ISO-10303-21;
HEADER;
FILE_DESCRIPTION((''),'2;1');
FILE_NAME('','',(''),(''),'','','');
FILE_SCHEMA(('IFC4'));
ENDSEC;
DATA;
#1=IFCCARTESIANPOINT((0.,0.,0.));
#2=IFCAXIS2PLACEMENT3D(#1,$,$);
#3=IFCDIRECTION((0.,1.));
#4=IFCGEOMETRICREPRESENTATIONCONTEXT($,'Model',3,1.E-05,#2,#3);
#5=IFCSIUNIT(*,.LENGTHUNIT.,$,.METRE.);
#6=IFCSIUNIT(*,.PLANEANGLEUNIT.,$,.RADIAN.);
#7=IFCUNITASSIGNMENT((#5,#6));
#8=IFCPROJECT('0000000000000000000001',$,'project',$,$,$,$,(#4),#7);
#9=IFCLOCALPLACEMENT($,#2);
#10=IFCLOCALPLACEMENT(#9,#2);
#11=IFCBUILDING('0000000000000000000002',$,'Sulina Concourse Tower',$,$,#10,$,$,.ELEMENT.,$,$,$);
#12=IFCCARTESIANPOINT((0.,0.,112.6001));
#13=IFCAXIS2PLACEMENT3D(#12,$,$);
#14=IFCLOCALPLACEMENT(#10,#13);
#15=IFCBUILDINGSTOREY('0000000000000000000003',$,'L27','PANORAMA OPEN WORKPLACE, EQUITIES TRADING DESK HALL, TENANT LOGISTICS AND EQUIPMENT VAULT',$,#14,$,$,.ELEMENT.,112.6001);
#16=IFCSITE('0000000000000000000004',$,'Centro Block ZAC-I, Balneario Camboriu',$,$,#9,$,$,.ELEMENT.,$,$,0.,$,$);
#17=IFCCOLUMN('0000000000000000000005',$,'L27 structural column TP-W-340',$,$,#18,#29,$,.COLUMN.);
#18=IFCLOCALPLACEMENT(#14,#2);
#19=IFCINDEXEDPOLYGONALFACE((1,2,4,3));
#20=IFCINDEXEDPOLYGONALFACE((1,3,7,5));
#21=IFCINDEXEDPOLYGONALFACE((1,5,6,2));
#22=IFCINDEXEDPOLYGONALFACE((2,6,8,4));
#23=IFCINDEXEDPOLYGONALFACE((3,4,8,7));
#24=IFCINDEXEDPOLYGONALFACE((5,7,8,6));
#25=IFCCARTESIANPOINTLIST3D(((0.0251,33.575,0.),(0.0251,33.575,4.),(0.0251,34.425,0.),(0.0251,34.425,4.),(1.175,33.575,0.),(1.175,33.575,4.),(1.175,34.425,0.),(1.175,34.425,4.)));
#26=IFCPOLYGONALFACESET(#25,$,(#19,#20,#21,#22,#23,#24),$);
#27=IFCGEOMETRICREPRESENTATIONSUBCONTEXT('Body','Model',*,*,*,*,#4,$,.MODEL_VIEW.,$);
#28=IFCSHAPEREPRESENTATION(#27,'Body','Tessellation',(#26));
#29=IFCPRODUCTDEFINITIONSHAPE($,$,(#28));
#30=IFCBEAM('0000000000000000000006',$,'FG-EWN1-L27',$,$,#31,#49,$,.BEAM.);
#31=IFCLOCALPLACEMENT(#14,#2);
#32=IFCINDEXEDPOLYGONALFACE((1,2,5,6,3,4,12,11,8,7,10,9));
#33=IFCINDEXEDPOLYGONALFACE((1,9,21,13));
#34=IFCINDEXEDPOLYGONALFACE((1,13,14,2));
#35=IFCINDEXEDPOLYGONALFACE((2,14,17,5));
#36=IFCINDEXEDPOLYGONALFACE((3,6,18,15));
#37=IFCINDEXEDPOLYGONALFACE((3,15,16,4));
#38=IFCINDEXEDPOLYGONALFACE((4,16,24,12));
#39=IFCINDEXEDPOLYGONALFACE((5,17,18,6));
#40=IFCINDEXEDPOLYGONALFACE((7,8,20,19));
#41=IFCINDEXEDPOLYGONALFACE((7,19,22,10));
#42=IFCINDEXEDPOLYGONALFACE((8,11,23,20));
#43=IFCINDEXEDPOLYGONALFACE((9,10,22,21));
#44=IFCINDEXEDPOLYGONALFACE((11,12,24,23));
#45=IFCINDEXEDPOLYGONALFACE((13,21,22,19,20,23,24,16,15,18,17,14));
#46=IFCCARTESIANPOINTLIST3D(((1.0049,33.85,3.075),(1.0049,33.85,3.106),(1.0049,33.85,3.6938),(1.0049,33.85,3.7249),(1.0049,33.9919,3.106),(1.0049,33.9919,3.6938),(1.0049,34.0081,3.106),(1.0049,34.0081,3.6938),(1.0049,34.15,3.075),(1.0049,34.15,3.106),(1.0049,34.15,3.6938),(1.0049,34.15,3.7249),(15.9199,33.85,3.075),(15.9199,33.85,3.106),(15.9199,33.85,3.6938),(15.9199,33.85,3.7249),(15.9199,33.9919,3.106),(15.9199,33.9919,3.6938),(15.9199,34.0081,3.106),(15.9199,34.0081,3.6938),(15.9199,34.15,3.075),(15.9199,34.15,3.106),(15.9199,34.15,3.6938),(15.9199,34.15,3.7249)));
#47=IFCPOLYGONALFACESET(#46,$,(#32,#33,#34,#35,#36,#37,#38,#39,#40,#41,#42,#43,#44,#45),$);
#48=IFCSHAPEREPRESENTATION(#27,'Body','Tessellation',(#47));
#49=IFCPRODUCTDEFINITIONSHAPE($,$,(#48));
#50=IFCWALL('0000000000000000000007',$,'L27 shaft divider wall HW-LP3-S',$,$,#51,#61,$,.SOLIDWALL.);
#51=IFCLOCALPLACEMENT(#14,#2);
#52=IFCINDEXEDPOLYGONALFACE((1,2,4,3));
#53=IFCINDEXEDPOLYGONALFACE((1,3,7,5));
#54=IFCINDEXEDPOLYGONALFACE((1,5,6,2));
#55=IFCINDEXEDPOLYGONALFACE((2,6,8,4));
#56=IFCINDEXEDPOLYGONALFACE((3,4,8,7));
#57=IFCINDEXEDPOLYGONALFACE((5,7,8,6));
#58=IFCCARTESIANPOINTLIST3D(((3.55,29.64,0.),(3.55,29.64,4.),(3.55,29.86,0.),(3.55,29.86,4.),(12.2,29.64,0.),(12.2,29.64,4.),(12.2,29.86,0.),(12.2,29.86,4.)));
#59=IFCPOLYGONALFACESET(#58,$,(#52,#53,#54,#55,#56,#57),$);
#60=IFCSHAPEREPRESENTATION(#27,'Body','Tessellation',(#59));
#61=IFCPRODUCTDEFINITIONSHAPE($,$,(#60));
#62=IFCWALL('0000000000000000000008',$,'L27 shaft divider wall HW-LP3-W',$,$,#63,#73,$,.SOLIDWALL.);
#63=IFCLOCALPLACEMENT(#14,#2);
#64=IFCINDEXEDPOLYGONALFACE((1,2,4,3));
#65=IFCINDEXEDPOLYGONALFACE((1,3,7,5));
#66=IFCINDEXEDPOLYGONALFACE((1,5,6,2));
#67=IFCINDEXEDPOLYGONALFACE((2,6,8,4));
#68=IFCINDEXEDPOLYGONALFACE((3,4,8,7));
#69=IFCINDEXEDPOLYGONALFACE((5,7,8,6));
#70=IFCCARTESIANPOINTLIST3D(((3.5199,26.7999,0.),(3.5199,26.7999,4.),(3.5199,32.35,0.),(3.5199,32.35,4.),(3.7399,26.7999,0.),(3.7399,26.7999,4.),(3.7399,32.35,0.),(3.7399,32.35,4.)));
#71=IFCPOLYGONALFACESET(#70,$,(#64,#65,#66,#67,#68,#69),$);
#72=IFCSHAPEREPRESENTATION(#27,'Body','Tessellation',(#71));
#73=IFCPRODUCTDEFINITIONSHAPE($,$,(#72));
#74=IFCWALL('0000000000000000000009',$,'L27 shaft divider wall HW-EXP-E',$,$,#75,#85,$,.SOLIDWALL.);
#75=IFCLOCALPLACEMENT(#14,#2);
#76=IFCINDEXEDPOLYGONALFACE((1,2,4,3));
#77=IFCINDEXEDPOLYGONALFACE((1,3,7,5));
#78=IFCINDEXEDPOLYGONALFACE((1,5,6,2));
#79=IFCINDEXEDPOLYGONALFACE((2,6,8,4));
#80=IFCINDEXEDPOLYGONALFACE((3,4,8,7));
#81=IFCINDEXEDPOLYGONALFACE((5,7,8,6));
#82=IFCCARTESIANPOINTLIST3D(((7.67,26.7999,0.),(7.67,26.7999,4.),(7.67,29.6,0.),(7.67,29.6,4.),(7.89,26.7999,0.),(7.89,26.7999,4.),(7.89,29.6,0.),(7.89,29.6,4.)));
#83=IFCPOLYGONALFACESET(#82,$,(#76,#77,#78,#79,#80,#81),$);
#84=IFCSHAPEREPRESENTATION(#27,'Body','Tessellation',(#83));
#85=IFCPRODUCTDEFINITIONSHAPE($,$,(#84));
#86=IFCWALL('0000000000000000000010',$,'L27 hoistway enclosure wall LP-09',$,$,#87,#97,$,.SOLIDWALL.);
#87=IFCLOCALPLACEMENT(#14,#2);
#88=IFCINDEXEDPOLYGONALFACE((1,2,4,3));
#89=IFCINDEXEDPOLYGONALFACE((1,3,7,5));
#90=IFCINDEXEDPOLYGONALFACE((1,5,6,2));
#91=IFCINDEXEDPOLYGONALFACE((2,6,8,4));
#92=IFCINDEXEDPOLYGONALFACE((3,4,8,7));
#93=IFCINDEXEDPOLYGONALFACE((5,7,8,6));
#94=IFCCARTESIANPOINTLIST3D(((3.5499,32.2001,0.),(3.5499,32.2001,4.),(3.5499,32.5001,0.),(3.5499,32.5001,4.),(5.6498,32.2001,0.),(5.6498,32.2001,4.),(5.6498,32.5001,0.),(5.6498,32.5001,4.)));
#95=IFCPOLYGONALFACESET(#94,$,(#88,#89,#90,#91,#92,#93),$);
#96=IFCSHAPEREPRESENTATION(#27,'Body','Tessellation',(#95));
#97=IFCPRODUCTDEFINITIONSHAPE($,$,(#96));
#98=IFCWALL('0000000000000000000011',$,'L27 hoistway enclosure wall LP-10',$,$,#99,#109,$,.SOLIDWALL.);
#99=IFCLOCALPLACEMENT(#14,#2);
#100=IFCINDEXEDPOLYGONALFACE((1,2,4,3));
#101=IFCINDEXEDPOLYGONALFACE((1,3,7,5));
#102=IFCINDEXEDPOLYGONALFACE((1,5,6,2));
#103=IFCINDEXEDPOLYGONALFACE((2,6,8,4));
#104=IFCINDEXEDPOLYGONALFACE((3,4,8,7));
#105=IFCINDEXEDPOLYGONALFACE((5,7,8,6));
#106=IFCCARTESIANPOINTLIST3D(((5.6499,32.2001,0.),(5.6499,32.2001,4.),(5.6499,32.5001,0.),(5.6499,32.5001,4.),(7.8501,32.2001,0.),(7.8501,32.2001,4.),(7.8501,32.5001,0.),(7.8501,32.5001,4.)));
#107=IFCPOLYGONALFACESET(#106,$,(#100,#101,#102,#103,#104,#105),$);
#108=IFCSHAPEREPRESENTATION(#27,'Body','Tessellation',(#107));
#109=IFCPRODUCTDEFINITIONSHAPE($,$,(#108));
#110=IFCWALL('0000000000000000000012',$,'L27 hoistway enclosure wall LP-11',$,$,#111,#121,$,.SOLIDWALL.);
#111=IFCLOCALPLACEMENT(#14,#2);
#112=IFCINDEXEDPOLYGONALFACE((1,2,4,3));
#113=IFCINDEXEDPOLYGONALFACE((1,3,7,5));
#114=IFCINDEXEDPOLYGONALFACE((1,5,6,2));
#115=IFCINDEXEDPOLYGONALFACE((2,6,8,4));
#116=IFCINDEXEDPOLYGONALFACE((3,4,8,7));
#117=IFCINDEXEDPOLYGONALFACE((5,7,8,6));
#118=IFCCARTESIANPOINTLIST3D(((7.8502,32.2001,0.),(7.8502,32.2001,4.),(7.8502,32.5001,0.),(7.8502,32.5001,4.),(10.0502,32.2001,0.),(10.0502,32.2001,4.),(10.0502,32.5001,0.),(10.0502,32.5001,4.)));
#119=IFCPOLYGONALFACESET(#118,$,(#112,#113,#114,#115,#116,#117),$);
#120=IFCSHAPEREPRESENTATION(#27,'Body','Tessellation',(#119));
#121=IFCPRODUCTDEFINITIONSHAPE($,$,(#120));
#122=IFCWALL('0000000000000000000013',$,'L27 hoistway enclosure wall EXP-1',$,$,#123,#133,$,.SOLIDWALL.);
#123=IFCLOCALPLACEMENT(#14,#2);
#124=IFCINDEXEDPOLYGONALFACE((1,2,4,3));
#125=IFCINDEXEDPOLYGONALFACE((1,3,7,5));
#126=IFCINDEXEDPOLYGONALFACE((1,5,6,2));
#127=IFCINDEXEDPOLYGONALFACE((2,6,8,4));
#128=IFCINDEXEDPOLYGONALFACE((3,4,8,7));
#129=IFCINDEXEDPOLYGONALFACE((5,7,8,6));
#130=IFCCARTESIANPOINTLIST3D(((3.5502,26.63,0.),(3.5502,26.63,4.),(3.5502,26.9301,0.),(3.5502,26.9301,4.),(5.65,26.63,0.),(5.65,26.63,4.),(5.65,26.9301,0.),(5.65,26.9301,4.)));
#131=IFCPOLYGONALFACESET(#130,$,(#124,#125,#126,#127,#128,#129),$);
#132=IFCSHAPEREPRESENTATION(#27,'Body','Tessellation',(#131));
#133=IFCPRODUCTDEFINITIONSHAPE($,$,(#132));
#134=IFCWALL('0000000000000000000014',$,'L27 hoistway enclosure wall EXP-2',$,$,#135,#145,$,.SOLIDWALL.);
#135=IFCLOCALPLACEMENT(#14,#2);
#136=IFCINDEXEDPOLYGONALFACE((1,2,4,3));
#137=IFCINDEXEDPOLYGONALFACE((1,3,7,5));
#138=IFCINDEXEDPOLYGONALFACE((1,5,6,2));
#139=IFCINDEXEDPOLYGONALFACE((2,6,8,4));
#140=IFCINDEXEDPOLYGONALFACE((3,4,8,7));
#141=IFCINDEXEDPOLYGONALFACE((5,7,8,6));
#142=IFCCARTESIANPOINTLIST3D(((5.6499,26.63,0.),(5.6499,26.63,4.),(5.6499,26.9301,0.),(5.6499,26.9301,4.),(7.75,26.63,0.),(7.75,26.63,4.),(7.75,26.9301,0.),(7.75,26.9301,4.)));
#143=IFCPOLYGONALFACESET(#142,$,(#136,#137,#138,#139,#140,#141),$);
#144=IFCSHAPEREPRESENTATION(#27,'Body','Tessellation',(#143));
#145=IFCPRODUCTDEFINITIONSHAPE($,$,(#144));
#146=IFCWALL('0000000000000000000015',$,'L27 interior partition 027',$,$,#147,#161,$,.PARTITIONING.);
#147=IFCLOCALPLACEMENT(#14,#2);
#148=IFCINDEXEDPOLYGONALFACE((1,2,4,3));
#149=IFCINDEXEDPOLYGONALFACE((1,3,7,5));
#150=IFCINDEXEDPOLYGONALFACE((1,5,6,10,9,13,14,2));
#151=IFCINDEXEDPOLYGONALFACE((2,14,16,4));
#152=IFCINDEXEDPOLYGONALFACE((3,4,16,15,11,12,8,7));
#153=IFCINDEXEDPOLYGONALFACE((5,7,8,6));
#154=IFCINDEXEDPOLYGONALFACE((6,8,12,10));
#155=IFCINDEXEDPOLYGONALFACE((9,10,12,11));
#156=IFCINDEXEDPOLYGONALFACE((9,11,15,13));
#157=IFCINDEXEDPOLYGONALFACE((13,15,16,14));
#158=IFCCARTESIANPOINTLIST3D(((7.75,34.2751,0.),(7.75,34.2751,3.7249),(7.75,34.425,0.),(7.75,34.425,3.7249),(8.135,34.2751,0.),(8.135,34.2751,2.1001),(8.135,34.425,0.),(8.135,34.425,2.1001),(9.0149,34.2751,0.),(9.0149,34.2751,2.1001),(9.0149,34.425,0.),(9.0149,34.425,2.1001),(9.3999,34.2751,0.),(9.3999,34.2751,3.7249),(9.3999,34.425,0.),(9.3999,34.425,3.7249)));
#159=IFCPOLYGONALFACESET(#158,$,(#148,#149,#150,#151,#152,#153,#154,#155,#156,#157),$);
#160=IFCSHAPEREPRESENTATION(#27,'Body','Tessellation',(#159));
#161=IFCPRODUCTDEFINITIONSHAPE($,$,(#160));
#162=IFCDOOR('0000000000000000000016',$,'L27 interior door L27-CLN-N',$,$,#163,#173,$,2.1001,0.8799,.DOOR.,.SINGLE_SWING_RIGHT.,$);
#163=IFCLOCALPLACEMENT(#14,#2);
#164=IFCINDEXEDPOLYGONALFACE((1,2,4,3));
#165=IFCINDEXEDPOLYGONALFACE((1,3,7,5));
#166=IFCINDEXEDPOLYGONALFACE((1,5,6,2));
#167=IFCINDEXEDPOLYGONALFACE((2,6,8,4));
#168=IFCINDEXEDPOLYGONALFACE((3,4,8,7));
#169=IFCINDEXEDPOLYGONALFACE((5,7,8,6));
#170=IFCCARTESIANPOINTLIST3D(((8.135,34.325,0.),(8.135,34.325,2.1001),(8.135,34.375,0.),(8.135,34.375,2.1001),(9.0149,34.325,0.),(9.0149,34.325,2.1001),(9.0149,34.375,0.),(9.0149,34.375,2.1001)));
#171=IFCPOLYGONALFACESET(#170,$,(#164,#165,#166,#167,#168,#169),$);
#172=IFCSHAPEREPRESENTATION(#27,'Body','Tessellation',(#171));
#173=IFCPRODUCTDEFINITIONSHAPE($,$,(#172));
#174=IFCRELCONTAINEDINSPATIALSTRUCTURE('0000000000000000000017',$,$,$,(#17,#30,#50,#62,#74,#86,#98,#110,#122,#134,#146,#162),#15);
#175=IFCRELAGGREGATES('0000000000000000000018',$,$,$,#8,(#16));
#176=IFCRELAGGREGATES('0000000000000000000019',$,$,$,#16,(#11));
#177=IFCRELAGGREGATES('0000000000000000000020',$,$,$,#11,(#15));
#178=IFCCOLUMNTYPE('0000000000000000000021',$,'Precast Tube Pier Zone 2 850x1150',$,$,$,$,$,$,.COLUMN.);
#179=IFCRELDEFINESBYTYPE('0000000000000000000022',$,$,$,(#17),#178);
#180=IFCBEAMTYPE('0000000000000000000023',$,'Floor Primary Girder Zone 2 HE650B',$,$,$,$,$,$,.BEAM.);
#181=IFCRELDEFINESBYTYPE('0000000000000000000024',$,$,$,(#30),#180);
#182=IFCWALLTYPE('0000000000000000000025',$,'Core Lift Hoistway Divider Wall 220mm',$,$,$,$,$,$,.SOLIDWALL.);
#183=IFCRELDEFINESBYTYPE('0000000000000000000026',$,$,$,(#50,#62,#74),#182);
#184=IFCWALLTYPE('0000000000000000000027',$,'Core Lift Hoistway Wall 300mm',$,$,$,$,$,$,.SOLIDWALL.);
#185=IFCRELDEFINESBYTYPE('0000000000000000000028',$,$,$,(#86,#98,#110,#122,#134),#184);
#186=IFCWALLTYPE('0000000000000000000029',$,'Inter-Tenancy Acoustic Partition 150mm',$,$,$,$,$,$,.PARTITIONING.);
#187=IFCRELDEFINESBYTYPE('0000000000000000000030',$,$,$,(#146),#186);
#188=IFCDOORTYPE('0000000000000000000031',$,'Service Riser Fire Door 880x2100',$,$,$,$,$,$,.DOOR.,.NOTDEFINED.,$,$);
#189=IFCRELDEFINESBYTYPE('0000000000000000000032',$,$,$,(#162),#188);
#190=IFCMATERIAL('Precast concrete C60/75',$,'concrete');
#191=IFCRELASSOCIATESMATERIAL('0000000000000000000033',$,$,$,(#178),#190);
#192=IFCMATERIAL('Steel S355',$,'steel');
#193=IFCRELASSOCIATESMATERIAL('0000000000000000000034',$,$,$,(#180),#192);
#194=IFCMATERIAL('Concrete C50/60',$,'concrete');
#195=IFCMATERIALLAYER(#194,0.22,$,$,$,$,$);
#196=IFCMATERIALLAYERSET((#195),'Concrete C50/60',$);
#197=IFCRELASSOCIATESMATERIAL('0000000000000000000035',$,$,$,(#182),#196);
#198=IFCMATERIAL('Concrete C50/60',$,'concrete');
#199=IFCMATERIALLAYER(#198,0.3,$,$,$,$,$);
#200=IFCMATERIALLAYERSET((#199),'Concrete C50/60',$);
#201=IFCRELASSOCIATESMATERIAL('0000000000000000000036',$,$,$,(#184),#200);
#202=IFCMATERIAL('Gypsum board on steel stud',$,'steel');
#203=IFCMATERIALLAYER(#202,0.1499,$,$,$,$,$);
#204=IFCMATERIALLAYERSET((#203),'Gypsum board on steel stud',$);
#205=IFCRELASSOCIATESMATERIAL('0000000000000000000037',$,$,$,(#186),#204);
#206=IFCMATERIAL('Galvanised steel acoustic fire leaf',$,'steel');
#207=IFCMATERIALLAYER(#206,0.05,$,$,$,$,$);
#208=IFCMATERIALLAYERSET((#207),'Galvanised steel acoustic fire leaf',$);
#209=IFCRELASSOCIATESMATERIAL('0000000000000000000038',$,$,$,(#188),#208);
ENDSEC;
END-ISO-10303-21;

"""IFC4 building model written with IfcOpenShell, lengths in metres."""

from ifc_helpers import new_model, si_unit, direction, frame, frame_2d, origin, origin_2d, place, context, subcontext, project, spatial, rectangle, i_section, extrude, material, layer, layer_set, material_profile, profile_set, type_object, element, fill, save


model = new_model("IFC4")

# Units and contexts
model_context = context("Model", 3, precision=1e-05, world=origin(), true_north=direction((0.0, 1.0)))
body_context = subcontext(model_context, "Body", "Model", "MODEL_VIEW")
ifc_project = project(units=[si_unit("LENGTHUNIT", "METRE"), si_unit("PLANEANGLEUNIT", "RADIAN")], contexts=[model_context])

# Site, building, storey
site_placement = place(None, origin())
site = spatial("IfcSite", under=ifc_project, at=site_placement, Name="Centro Block ZAC-I, Balneario Camboriu", CompositionType="ELEMENT", RefElevation=0.0)
building_placement = place(site_placement, origin())
building = spatial("IfcBuilding", under=site, at=building_placement, Name="Sulina Concourse Tower", CompositionType="ELEMENT")
storey_placement = place(building_placement, frame((0.0, 0.0, 112.6001)))
storey = spatial("IfcBuildingStorey", under=building, at=storey_placement, Name="L27", Description="PANORAMA OPEN WORKPLACE, EQUITIES TRADING DESK HALL, TENANT LOGISTICS AND EQUIPMENT VAULT", CompositionType="ELEMENT", Elevation=112.6001)

# Column
ifc_material_1 = material(Name="Precast concrete C60/75", Category="concrete")
ifc_material_profile_1 = material_profile(ifc_material_1, rectangle(XDim=0.8501, YDim=1.1499, at=origin_2d()), Name="PC 850x1150")
ifc_profile_set_1 = profile_set([ifc_material_profile_1], Name="Precast concrete C60/75")
column_type = type_object("IfcColumnType", Name="Precast Tube Pier Zone 2 850x1150", PredefinedType="COLUMN", material=ifc_profile_set_1)
column_placement = place(storey_placement, frame((0.6001, 34.0, 0.0), z_axis=(0.0, 0.0, 1.0), x_axis=(0.0, 1.0, 0.0)))
element("IfcColumn", 1, at=column_placement, inside=storey, type_object=column_type, Name="L27 structural column TP-W-340", PredefinedType="COLUMN", context=body_context, shape_type="SweptSolid", body=[
    extrude(rectangle(XDim=0.8501, YDim=1.1499, at=origin_2d()), origin(), (0.0, 0.0, 1.0), 4.0),
])

# Beam
ifc_material_2 = material(Name="Steel S355", Category="steel")
ifc_material_profile_2 = material_profile(ifc_material_2, i_section(OverallWidth=0.3, OverallDepth=0.6499, WebThickness=0.0161, FlangeThickness=0.031, at=origin_2d()), Name="HE 650 B")
ifc_profile_set_2 = profile_set([ifc_material_profile_2], Name="Steel S355")
beam_type = type_object("IfcBeamType", Name="Floor Primary Girder Zone 2 HE650B", PredefinedType="BEAM", material=ifc_profile_set_2)
beam_placement = place(storey_placement, frame((1.0049, 34.0, 3.3999), z_axis=(1.0, 0.0, 0.0), x_axis=(0.0, 1.0, 0.0)))
element("IfcBeam", 2, at=beam_placement, inside=storey, type_object=beam_type, Name="FG-EWN1-L27", PredefinedType="BEAM", context=body_context, shape_type="SweptSolid", body=[
    extrude(i_section(OverallWidth=0.3, OverallDepth=0.6499, WebThickness=0.0161, FlangeThickness=0.031, at=origin_2d()), origin(), (0.0, 0.0, 1.0), 14.915),
])

# Walls
ifc_material_3 = material(Name="Concrete C50/60", Category="concrete")
ifc_layer_1 = layer(ifc_material_3, 0.22)
ifc_layer_set_1 = layer_set([ifc_layer_1], Name="Concrete C50/60")
wall_type_1 = type_object("IfcWallType", Name="Core Lift Hoistway Divider Wall 220mm", PredefinedType="SOLIDWALL", material=ifc_layer_set_1)
wall_1_placement = place(storey_placement, frame((3.55, 29.75, 0.0), z_axis=(0.0, 0.0, 1.0), x_axis=(1.0, 0.0, 0.0)))
element("IfcWall", 3, at=wall_1_placement, inside=storey, type_object=wall_type_1, Name="L27 shaft divider wall HW-LP3-S", PredefinedType="SOLIDWALL", context=body_context, shape_type="SweptSolid", body=[
    extrude(rectangle(XDim=8.6499, YDim=0.22, at=frame_2d((4.325, 0.0))), origin(), (0.0, 0.0, 1.0), 4.0),
])
wall_2_placement = place(storey_placement, frame((3.6299, 26.8, 0.0), z_axis=(0.0, 0.0, 1.0), x_axis=(0.0, 1.0, 0.0)))
element("IfcWall", 4, at=wall_2_placement, inside=storey, type_object=wall_type_1, Name="L27 shaft divider wall HW-LP3-W", PredefinedType="SOLIDWALL", context=body_context, shape_type="SweptSolid", body=[
    extrude(rectangle(XDim=5.55, YDim=0.22, at=frame_2d((2.7749, 0.0))), origin(), (0.0, 0.0, 1.0), 4.0),
])
wall_3_placement = place(storey_placement, frame((7.78, 26.8, 0.0), z_axis=(0.0, 0.0, 1.0), x_axis=(0.0, 1.0, 0.0)))
element("IfcWall", 5, at=wall_3_placement, inside=storey, type_object=wall_type_1, Name="L27 shaft divider wall HW-EXP-E", PredefinedType="SOLIDWALL", context=body_context, shape_type="SweptSolid", body=[
    extrude(rectangle(XDim=2.8, YDim=0.22, at=frame_2d((1.3999, 0.0))), origin(), (0.0, 0.0, 1.0), 4.0),
])
ifc_material_4 = material(Name="Concrete C50/60", Category="concrete")
ifc_layer_2 = layer(ifc_material_4, 0.3)
ifc_layer_set_2 = layer_set([ifc_layer_2], Name="Concrete C50/60")
wall_type_2 = type_object("IfcWallType", Name="Core Lift Hoistway Wall 300mm", PredefinedType="SOLIDWALL", material=ifc_layer_set_2)
wall_4_placement = place(storey_placement, frame((3.55, 32.3501, 0.0), z_axis=(0.0, 0.0, 1.0), x_axis=(1.0, 0.0, 0.0)))
element("IfcWall", 6, at=wall_4_placement, inside=storey, type_object=wall_type_2, Name="L27 hoistway enclosure wall LP-09", PredefinedType="SOLIDWALL", context=body_context, shape_type="SweptSolid", body=[
    extrude(rectangle(XDim=2.0999, YDim=0.3, at=frame_2d((1.0498, 0.0))), origin(), (0.0, 0.0, 1.0), 4.0),
])
wall_5_placement = place(storey_placement, frame((5.6499, 32.3501, 0.0), z_axis=(0.0, 0.0, 1.0), x_axis=(1.0, 0.0, 0.0)))
element("IfcWall", 7, at=wall_5_placement, inside=storey, type_object=wall_type_2, Name="L27 hoistway enclosure wall LP-10", PredefinedType="SOLIDWALL", context=body_context, shape_type="SweptSolid", body=[
    extrude(rectangle(XDim=2.2002, YDim=0.3, at=frame_2d((1.1001, 0.0))), origin(), (0.0, 0.0, 1.0), 4.0),
])
wall_6_placement = place(storey_placement, frame((7.8501, 32.3501, 0.0), z_axis=(0.0, 0.0, 1.0), x_axis=(1.0, 0.0, 0.0)))
element("IfcWall", 8, at=wall_6_placement, inside=storey, type_object=wall_type_2, Name="L27 hoistway enclosure wall LP-11", PredefinedType="SOLIDWALL", context=body_context, shape_type="SweptSolid", body=[
    extrude(rectangle(XDim=2.2, YDim=0.3, at=frame_2d((1.1001, 0.0))), origin(), (0.0, 0.0, 1.0), 4.0),
])
wall_7_placement = place(storey_placement, frame((5.6499, 26.78, 0.0), z_axis=(0.0, 0.0, 1.0), x_axis=(-1.0, 0.0, 0.0)))
element("IfcWall", 9, at=wall_7_placement, inside=storey, type_object=wall_type_2, Name="L27 hoistway enclosure wall EXP-1", PredefinedType="SOLIDWALL", context=body_context, shape_type="SweptSolid", body=[
    extrude(rectangle(XDim=2.0999, YDim=0.3, at=frame_2d((1.0498, 0.0))), origin(), (0.0, 0.0, 1.0), 4.0),
])
wall_8_placement = place(storey_placement, frame((7.75, 26.78, 0.0), z_axis=(0.0, 0.0, 1.0), x_axis=(-1.0, 0.0, 0.0)))
element("IfcWall", 10, at=wall_8_placement, inside=storey, type_object=wall_type_2, Name="L27 hoistway enclosure wall EXP-2", PredefinedType="SOLIDWALL", context=body_context, shape_type="SweptSolid", body=[
    extrude(rectangle(XDim=2.1001, YDim=0.3, at=frame_2d((1.05, 0.0))), origin(), (0.0, 0.0, 1.0), 4.0),
])

# Wall, opening, door
ifc_material_5 = material(Name="Gypsum board on steel stud", Category="steel")
ifc_layer_3 = layer(ifc_material_5, 0.1499)
ifc_layer_set_3 = layer_set([ifc_layer_3], Name="Gypsum board on steel stud")
wall_type_3 = type_object("IfcWallType", Name="Inter-Tenancy Acoustic Partition 150mm", PredefinedType="PARTITIONING", material=ifc_layer_set_3)
wall_9_placement = place(storey_placement, frame((7.75, 34.3501, 0.0), z_axis=(0.0, 0.0, 1.0), x_axis=(1.0, 0.0, 0.0)))
wall_9 = element("IfcWall", 11, at=wall_9_placement, inside=storey, type_object=wall_type_3, Name="L27 interior partition 027", PredefinedType="PARTITIONING", context=body_context, shape_type="SweptSolid", body=[
    extrude(rectangle(XDim=1.6499, YDim=0.1499, at=frame_2d((0.825, 0.0))), origin(), (0.0, 0.0, 1.0), 3.7249),
])
opening_1_placement = place(wall_9_placement, frame((0.385, 0.0, 0.0)))
opening_1 = element("IfcOpeningElement", 12, at=opening_1_placement, cuts=wall_9, PredefinedType="OPENING", context=body_context, shape_type="SweptSolid", body=[
    extrude(rectangle(XDim=0.8799, YDim=2.1001, at=frame_2d((0.4399, 1.05))), frame((0.0, 0.085, 0.0), z_axis=(0.0, -1.0, 0.0), x_axis=(1.0, 0.0, 0.0)), (0.0, 0.0, 1.0), 0.1699),
])
ifc_material_6 = material(Name="Galvanised steel acoustic fire leaf", Category="steel")
ifc_layer_4 = layer(ifc_material_6, 0.05)
ifc_layer_set_4 = layer_set([ifc_layer_4], Name="Galvanised steel acoustic fire leaf")
door_type_1 = type_object("IfcDoorType", Name="Service Riser Fire Door 880x2100", OperationType="NOTDEFINED", PredefinedType="DOOR", material=ifc_layer_set_4)
door_1_placement = place(opening_1_placement, origin())
door_1 = element("IfcDoor", 13, at=door_1_placement, inside=storey, type_object=door_type_1, Name="L27 interior door L27-CLN-N", OperationType="SINGLE_SWING_RIGHT", OverallHeight=2.1001, OverallWidth=0.8799, PredefinedType="DOOR", context=body_context, shape_type="SweptSolid", body=[
    extrude(rectangle(XDim=0.8799, YDim=2.1001, at=frame_2d((0.4399, 1.05))), frame((0.0, 0.0249, 0.0), z_axis=(0.0, -1.0, 0.0), x_axis=(1.0, 0.0, 0.0)), (0.0, 0.0, 1.0), 0.05),
])
fill(opening_1, door_1)

save(model, "model.ifc")
